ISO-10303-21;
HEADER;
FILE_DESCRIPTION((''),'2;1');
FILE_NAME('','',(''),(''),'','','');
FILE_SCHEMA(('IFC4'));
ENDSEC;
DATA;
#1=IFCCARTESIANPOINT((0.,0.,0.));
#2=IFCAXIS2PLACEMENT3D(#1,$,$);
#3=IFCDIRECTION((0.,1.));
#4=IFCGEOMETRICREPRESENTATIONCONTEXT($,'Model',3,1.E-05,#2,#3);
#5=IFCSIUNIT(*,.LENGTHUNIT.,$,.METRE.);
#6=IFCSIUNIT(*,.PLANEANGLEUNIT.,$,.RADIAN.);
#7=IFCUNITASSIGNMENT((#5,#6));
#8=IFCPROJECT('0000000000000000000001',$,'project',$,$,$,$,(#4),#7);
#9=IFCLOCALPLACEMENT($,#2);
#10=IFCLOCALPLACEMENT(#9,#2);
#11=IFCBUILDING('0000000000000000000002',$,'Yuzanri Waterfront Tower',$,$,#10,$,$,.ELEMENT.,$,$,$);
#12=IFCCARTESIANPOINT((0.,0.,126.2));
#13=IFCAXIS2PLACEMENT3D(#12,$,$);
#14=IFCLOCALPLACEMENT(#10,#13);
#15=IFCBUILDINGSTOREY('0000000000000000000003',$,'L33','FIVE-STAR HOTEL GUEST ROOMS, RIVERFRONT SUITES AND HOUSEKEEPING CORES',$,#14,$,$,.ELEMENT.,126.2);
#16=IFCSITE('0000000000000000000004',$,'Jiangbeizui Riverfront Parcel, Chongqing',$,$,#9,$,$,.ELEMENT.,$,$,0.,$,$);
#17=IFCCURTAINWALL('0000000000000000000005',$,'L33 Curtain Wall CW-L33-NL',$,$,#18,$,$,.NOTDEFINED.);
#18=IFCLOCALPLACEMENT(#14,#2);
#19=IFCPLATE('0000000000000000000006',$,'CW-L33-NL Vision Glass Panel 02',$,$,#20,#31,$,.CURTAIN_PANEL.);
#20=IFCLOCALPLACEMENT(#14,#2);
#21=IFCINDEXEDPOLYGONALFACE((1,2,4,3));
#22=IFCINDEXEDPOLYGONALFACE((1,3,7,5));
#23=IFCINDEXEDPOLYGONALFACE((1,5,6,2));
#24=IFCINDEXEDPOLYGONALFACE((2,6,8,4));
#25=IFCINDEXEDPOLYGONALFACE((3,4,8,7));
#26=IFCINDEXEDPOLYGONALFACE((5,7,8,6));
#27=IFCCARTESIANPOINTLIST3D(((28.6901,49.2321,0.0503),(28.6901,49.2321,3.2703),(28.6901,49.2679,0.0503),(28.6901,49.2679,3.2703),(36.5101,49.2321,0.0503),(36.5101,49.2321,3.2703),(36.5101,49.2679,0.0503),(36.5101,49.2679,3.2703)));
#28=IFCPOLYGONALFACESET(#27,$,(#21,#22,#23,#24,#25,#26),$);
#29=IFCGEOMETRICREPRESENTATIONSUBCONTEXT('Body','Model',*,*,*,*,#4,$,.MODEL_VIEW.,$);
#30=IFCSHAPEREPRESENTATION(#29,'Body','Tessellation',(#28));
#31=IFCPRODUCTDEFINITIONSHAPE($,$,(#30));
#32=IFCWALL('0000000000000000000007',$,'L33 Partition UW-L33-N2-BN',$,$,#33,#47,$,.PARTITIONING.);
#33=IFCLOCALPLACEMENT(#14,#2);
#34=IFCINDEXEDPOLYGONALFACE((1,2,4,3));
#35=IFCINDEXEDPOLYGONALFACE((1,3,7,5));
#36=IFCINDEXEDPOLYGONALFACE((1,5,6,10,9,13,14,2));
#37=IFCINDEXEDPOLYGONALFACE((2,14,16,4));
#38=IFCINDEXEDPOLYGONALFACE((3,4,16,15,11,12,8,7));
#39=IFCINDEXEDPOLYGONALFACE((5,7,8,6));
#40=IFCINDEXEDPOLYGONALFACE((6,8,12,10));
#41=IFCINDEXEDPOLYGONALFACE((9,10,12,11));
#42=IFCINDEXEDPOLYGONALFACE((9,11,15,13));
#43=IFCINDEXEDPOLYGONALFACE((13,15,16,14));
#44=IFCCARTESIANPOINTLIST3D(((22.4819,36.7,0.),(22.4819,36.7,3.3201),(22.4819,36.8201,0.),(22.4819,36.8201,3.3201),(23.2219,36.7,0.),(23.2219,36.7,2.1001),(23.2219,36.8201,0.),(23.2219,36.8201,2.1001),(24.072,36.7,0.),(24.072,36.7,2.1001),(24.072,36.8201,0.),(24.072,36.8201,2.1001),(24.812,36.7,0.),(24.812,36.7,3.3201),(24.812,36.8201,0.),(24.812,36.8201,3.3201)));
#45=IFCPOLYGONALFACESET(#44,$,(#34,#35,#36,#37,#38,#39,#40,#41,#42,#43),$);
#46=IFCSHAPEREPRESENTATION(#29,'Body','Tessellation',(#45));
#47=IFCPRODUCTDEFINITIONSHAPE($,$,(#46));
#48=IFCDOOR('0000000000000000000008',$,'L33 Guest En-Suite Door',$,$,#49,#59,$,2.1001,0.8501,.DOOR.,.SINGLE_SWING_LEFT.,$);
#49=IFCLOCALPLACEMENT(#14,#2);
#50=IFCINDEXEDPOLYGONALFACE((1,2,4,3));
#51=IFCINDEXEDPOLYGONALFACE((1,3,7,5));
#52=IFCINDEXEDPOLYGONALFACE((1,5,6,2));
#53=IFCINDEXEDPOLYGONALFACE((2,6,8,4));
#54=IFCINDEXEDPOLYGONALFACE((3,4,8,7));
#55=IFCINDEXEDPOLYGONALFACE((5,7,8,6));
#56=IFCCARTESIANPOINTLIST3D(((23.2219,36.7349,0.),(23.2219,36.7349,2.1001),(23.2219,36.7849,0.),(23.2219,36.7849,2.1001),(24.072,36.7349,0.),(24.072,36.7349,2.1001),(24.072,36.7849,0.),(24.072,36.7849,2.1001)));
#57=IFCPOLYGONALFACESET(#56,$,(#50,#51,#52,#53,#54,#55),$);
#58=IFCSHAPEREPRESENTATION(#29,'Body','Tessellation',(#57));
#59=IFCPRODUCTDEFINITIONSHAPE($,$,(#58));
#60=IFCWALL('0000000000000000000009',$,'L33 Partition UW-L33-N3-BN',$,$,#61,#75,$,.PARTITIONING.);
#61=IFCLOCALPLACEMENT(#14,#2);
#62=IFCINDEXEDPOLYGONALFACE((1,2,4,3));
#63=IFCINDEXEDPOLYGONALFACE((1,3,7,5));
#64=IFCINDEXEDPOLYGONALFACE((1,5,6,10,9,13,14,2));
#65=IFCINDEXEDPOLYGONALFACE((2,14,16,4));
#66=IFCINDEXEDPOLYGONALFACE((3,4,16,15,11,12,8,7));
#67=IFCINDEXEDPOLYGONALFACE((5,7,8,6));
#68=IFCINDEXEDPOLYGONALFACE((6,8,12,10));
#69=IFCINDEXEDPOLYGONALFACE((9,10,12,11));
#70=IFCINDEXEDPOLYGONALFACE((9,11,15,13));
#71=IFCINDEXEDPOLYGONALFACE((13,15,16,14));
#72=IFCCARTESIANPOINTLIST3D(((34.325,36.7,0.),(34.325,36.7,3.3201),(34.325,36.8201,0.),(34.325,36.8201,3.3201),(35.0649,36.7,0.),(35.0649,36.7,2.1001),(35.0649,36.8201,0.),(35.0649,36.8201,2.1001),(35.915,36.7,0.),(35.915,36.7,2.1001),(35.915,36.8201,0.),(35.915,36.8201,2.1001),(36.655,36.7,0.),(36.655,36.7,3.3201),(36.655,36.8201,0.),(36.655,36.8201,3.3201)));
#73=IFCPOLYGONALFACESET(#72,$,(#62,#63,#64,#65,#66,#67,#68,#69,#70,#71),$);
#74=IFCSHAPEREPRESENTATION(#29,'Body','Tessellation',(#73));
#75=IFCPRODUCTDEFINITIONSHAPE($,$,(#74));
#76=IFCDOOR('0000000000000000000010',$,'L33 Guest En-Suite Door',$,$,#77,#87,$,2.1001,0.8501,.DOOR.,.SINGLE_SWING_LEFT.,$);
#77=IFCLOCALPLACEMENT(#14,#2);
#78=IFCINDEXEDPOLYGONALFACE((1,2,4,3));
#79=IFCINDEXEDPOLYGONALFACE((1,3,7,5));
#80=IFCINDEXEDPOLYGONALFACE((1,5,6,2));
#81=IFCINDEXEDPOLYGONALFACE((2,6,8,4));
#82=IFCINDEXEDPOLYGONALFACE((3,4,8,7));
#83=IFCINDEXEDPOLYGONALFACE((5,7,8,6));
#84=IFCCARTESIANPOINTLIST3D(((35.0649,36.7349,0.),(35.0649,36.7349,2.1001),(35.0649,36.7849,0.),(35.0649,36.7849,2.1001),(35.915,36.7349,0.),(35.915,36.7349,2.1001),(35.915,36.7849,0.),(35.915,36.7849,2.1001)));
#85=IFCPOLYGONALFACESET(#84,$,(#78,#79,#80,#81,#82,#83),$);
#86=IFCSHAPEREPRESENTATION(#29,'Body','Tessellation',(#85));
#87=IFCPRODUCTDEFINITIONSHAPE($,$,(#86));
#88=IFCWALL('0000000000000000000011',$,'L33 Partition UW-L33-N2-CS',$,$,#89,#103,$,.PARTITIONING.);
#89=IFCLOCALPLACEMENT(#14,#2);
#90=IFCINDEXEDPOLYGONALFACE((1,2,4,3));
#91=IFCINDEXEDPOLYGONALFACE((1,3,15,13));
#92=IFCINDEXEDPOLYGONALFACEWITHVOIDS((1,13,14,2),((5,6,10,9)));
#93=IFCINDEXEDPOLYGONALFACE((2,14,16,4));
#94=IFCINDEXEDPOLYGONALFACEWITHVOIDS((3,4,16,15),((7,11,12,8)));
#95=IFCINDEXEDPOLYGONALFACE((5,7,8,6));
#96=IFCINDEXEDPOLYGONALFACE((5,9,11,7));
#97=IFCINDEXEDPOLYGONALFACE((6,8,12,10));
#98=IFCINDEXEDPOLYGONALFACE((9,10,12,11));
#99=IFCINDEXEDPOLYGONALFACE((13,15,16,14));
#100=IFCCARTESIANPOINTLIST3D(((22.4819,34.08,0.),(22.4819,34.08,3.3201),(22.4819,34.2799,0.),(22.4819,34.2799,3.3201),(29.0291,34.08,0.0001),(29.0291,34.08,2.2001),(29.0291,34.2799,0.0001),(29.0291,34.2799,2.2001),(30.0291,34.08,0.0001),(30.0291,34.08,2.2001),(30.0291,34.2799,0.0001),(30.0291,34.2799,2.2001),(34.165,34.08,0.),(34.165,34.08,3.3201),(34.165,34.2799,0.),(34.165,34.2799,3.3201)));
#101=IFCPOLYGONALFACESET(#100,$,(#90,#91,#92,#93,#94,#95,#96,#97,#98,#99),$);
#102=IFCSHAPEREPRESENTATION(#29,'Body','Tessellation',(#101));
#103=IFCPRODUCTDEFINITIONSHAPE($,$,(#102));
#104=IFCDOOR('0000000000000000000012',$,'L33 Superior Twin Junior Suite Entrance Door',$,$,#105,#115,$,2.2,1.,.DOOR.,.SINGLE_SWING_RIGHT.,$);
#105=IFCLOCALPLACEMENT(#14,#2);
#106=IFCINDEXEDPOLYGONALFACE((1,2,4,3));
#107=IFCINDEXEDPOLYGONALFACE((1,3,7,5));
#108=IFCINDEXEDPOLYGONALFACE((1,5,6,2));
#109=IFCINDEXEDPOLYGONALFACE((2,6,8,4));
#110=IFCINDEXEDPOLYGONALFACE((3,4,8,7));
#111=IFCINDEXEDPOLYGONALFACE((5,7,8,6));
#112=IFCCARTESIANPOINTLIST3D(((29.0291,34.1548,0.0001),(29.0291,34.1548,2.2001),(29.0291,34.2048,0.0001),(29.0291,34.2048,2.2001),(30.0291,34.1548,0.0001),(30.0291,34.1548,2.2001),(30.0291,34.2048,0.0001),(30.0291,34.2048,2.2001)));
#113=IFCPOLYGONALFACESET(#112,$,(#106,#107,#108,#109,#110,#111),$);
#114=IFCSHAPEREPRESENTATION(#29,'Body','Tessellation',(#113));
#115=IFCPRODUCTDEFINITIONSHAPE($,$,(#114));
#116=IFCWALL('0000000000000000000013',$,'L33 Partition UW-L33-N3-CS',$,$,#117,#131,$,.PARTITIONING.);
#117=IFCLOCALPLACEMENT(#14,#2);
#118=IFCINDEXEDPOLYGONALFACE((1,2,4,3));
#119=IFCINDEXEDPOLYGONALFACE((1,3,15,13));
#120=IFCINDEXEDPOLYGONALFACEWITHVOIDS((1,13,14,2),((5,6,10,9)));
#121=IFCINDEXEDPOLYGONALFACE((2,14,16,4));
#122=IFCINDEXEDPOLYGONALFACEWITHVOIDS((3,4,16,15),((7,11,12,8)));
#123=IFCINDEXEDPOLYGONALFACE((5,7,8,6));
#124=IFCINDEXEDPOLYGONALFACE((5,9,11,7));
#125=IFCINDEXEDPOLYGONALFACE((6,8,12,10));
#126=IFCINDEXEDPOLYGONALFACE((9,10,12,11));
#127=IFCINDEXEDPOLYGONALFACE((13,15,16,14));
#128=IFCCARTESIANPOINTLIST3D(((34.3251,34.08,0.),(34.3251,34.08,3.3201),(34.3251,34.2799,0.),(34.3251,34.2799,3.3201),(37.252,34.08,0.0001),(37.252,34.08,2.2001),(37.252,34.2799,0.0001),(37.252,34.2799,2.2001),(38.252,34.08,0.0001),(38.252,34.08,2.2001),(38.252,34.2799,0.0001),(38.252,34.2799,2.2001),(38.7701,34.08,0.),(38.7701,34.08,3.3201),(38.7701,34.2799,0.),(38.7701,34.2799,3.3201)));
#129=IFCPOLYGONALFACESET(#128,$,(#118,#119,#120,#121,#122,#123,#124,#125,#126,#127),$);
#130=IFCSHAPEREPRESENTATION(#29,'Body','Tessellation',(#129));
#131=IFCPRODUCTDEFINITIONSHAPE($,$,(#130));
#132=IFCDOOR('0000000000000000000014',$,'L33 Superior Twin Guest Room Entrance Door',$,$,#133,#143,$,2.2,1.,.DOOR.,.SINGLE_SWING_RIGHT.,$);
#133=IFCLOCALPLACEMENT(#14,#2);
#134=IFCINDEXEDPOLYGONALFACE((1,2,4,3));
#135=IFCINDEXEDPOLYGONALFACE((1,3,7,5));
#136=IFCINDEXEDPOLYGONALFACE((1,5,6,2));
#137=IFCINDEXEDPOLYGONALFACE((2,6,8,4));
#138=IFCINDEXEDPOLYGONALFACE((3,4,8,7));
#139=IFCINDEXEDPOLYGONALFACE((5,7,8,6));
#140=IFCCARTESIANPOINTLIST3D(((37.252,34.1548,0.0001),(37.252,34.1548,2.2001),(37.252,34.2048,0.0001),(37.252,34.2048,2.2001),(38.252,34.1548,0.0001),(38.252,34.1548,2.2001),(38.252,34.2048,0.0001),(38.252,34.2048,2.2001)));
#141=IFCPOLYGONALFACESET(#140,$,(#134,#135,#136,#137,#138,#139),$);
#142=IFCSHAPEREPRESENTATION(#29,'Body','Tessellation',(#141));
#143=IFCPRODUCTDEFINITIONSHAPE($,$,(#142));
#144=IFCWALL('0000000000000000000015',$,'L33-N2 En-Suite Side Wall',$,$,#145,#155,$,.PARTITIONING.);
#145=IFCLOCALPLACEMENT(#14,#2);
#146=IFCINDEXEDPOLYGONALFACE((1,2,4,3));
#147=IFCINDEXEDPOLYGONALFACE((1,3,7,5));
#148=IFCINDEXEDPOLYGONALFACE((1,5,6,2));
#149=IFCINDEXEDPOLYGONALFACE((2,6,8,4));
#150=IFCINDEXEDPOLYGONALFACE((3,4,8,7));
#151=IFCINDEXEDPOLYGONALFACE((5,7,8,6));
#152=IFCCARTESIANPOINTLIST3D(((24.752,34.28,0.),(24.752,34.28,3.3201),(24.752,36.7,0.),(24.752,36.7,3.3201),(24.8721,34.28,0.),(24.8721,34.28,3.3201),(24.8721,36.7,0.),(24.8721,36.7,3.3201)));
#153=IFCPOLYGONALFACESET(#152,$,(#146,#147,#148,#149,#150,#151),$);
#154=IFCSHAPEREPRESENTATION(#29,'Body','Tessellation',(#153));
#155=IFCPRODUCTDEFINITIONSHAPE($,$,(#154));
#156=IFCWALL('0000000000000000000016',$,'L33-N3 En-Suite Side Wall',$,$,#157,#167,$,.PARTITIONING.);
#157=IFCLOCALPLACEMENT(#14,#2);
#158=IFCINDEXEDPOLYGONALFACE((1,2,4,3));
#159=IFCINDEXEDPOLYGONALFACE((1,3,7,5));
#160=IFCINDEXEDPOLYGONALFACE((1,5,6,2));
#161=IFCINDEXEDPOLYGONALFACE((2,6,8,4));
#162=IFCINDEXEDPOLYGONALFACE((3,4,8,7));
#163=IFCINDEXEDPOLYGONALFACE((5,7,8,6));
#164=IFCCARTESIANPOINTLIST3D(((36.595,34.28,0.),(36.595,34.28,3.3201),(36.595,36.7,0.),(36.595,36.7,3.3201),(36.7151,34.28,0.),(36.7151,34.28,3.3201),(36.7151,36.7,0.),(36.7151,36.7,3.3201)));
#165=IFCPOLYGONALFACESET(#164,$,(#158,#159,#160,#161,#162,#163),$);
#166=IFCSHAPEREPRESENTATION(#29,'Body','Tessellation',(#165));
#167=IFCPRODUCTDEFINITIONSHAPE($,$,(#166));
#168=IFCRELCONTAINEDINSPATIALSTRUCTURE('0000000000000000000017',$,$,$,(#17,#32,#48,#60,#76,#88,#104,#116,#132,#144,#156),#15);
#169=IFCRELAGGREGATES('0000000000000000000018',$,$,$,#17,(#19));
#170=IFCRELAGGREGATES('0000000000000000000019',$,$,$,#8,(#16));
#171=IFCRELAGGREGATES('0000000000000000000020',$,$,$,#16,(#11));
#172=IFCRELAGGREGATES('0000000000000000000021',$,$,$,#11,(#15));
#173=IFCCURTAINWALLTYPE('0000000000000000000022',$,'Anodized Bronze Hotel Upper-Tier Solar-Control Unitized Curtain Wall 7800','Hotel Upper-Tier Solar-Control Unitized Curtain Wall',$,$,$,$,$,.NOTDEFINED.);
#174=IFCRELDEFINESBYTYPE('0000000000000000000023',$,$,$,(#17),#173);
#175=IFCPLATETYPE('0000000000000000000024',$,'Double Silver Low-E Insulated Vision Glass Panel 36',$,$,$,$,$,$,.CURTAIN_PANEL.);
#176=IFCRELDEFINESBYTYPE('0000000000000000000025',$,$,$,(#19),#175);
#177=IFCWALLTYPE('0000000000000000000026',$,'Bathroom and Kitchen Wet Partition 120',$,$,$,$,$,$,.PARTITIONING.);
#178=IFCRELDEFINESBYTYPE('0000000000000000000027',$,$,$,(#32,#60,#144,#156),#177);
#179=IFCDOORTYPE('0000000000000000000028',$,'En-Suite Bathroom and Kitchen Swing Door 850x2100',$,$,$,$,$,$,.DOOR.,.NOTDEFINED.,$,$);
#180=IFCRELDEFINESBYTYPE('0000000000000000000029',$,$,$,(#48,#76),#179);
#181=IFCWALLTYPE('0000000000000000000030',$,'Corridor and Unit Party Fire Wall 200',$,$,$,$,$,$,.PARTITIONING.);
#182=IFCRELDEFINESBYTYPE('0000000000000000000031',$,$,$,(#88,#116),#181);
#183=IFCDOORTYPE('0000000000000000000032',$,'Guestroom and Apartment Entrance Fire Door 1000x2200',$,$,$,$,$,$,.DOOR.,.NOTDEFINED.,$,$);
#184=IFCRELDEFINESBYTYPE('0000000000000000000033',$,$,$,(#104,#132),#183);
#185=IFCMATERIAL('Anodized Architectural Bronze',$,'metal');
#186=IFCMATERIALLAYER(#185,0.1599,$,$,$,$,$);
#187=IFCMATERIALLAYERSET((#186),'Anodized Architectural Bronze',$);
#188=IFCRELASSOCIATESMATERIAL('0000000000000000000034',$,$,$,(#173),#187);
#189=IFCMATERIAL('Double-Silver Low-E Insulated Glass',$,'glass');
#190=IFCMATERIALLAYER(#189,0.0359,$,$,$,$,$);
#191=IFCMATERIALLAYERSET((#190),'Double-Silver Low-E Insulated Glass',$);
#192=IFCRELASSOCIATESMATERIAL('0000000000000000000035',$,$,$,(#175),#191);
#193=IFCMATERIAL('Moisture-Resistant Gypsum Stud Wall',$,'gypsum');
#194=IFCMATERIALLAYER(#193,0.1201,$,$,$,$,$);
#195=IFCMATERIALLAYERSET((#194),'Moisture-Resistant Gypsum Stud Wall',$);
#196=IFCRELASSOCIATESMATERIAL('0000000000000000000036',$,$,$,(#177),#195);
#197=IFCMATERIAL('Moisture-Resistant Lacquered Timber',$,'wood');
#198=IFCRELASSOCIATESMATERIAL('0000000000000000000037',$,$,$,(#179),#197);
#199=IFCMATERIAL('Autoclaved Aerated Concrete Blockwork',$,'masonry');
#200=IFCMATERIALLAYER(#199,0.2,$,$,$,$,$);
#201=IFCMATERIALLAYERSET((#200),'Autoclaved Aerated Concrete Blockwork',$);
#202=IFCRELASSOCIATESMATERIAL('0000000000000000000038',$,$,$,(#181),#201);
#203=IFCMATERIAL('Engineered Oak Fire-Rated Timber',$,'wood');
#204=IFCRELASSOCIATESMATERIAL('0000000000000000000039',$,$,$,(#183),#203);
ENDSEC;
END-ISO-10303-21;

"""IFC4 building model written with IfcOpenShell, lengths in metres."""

from ifc_helpers import new_model, si_unit, direction, frame, frame_2d, origin, origin_2d, place, context, subcontext, project, spatial, rectangle, extrude, source, transform, mapped, material, layer, layer_set, type_object, element, fill, aggregate, save


model = new_model("IFC4")

# Units and contexts
model_context = context("Model", 3, precision=1e-05, world=origin(), true_north=direction((0.0, 1.0)))
body_context = subcontext(model_context, "Body", "Model", "MODEL_VIEW")
ifc_project = project(units=[si_unit("LENGTHUNIT", "METRE"), si_unit("PLANEANGLEUNIT", "RADIAN")], contexts=[model_context])

# Site, building, storey
site_placement = place(None, origin())
site = spatial("IfcSite", under=ifc_project, at=site_placement, Name="Jiangbeizui Riverfront Parcel, Chongqing", CompositionType="ELEMENT", RefElevation=0.0)
building_placement = place(site_placement, origin())
building = spatial("IfcBuilding", under=site, at=building_placement, Name="Yuzanri Waterfront Tower", CompositionType="ELEMENT")
storey_placement = place(building_placement, frame((0.0, 0.0, 126.2)))
storey = spatial("IfcBuildingStorey", under=building, at=storey_placement, Name="L33", Description="FIVE-STAR HOTEL GUEST ROOMS, RIVERFRONT SUITES AND HOUSEKEEPING CORES", CompositionType="ELEMENT", Elevation=126.2)

# Curtain wall, plate
ifc_material_1 = material(Name="Anodized Architectural Bronze", Category="metal")
ifc_layer_1 = layer(ifc_material_1, 0.1599)
ifc_layer_set_1 = layer_set([ifc_layer_1], Name="Anodized Architectural Bronze")
curtain_wall_type = type_object("IfcCurtainWallType", Name="Anodized Bronze Hotel Upper-Tier Solar-Control Unitized Curtain Wall 7800", Description="Hotel Upper-Tier Solar-Control Unitized Curtain Wall", PredefinedType="NOTDEFINED", material=ifc_layer_set_1)
curtain_wall_placement = place(storey_placement, origin())
curtain_wall = element("IfcCurtainWall", 1, at=curtain_wall_placement, inside=storey, type_object=curtain_wall_type, Name="L33 Curtain Wall CW-L33-NL", PredefinedType="NOTDEFINED")
ifc_material_2 = material(Name="Double-Silver Low-E Insulated Glass", Category="glass")
ifc_layer_2 = layer(ifc_material_2, 0.0359)
ifc_layer_set_2 = layer_set([ifc_layer_2], Name="Double-Silver Low-E Insulated Glass")
plate_type = type_object("IfcPlateType", Name="Double Silver Low-E Insulated Vision Glass Panel 36", PredefinedType="CURTAIN_PANEL", material=ifc_layer_set_2)
shared_shape_1 = source(origin(), body_context, "Body", "SweptSolid", [
    extrude(rectangle(XDim=7.8201, YDim=0.0359, at=origin_2d()), origin(), (0.0, 0.0, 1.0), 3.22),
])
plate_1_placement = place(storey_placement, frame((32.6001, 49.25, 0.0503), z_axis=(0.0, 0.0, 1.0), x_axis=(1.0, 0.0, 0.0)))
plate_1 = element("IfcPlate", 2, at=plate_1_placement, type_object=plate_type, Name="CW-L33-NL Vision Glass Panel 02", PredefinedType="CURTAIN_PANEL", context=body_context, shape_type="MappedRepresentation", body=[
    mapped(shared_shape_1, transform((0.0, 0.0, 0.0), scale=1.0)),
])
aggregate(curtain_wall, [plate_1])

# Walls, openings, doors
ifc_material_3 = material(Name="Moisture-Resistant Gypsum Stud Wall", Category="gypsum")
ifc_layer_3 = layer(ifc_material_3, 0.1201)
ifc_layer_set_3 = layer_set([ifc_layer_3], Name="Moisture-Resistant Gypsum Stud Wall")
wall_type_1 = type_object("IfcWallType", Name="Bathroom and Kitchen Wet Partition 120", PredefinedType="PARTITIONING", material=ifc_layer_set_3)
wall_1_placement = place(storey_placement, frame((22.4819, 36.76, 0.0), z_axis=(0.0, 0.0, 1.0), x_axis=(1.0, 0.0, 0.0)))
wall_1 = element("IfcWall", 3, at=wall_1_placement, inside=storey, type_object=wall_type_1, Name="L33 Partition UW-L33-N2-BN", PredefinedType="PARTITIONING", context=body_context, shape_type="SweptSolid", body=[
    extrude(rectangle(XDim=2.3301, YDim=0.1201, at=frame_2d((1.165, 0.0))), origin(), (0.0, 0.0, 1.0), 3.3201),
])
opening_1_placement = place(wall_1_placement, frame((0.74, 0.0, 0.0)))
opening_1 = element("IfcOpeningElement", 4, at=opening_1_placement, cuts=wall_1, PredefinedType="OPENING", context=body_context, shape_type="SweptSolid", body=[
    extrude(rectangle(XDim=0.8501, YDim=2.1001, at=frame_2d((0.425, 1.05))), frame((0.0, 0.075, 0.0), z_axis=(0.0, -1.0, 0.0), x_axis=(1.0, 0.0, 0.0)), (0.0, 0.0, 1.0), 0.1499),
])
ifc_material_4 = material(Name="Moisture-Resistant Lacquered Timber", Category="wood")
door_type_1 = type_object("IfcDoorType", Name="En-Suite Bathroom and Kitchen Swing Door 850x2100", OperationType="NOTDEFINED", PredefinedType="DOOR", material=ifc_material_4)
shared_shape_2 = source(origin(), body_context, "Body", "SweptSolid", [
    extrude(rectangle(XDim=0.8501, YDim=2.1001, at=frame_2d((0.425, 1.05))), frame((0.0, 0.0249, 0.0), z_axis=(0.0, -1.0, 0.0), x_axis=(1.0, 0.0, 0.0)), (0.0, 0.0, 1.0), 0.05),
])
door_1_placement = place(opening_1_placement, origin())
door_1 = element("IfcDoor", 5, at=door_1_placement, inside=storey, type_object=door_type_1, Name="L33 Guest En-Suite Door", OperationType="SINGLE_SWING_LEFT", OverallHeight=2.1001, OverallWidth=0.8501, PredefinedType="DOOR", context=body_context, shape_type="MappedRepresentation", body=[
    mapped(shared_shape_2, transform((0.0, 0.0, 0.0), scale=1.0)),
])
fill(opening_1, door_1)
wall_2_placement = place(storey_placement, frame((34.325, 36.76, 0.0), z_axis=(0.0, 0.0, 1.0), x_axis=(1.0, 0.0, 0.0)))
wall_2 = element("IfcWall", 6, at=wall_2_placement, inside=storey, type_object=wall_type_1, Name="L33 Partition UW-L33-N3-BN", PredefinedType="PARTITIONING", context=body_context, shape_type="SweptSolid", body=[
    extrude(rectangle(XDim=2.3301, YDim=0.1201, at=frame_2d((1.165, 0.0))), origin(), (0.0, 0.0, 1.0), 3.3201),
])
opening_2_placement = place(wall_2_placement, frame((0.74, 0.0, 0.0)))
opening_2 = element("IfcOpeningElement", 7, at=opening_2_placement, cuts=wall_2, PredefinedType="OPENING", context=body_context, shape_type="SweptSolid", body=[
    extrude(rectangle(XDim=0.8501, YDim=2.1001, at=frame_2d((0.425, 1.05))), frame((0.0, 0.075, 0.0), z_axis=(0.0, -1.0, 0.0), x_axis=(1.0, 0.0, 0.0)), (0.0, 0.0, 1.0), 0.1499),
])
door_2_placement = place(opening_2_placement, origin())
door_2 = element("IfcDoor", 8, at=door_2_placement, inside=storey, type_object=door_type_1, Name="L33 Guest En-Suite Door", OperationType="SINGLE_SWING_LEFT", OverallHeight=2.1001, OverallWidth=0.8501, PredefinedType="DOOR", context=body_context, shape_type="MappedRepresentation", body=[
    mapped(shared_shape_2, transform((0.0, 0.0, 0.0), scale=1.0)),
])
fill(opening_2, door_2)
ifc_material_5 = material(Name="Autoclaved Aerated Concrete Blockwork", Category="masonry")
ifc_layer_4 = layer(ifc_material_5, 0.2)
ifc_layer_set_4 = layer_set([ifc_layer_4], Name="Autoclaved Aerated Concrete Blockwork")
wall_type_2 = type_object("IfcWallType", Name="Corridor and Unit Party Fire Wall 200", PredefinedType="PARTITIONING", material=ifc_layer_set_4)
wall_3_placement = place(storey_placement, frame((22.4819, 34.1799, 0.0), z_axis=(0.0, 0.0, 1.0), x_axis=(1.0, 0.0, 0.0)))
wall_3 = element("IfcWall", 9, at=wall_3_placement, inside=storey, type_object=wall_type_2, Name="L33 Partition UW-L33-N2-CS", PredefinedType="PARTITIONING", context=body_context, shape_type="SweptSolid", body=[
    extrude(rectangle(XDim=11.6831, YDim=0.2, at=frame_2d((5.8416, 0.0))), origin(), (0.0, 0.0, 1.0), 3.3201),
])
opening_3_placement = place(wall_3_placement, frame((6.5471, 0.0, 0.0)))
opening_3 = element("IfcOpeningElement", 10, at=opening_3_placement, cuts=wall_3, PredefinedType="OPENING", context=body_context, shape_type="SweptSolid", body=[
    extrude(rectangle(XDim=1.0, YDim=2.2, at=frame_2d((0.5, 1.1001))), frame((0.0, 0.1147, 0.0), z_axis=(0.0, -1.0, 0.0), x_axis=(1.0, 0.0, 0.0)), (0.0, 0.0, 1.0), 0.2297),
])
ifc_material_6 = material(Name="Engineered Oak Fire-Rated Timber", Category="wood")
door_type_2 = type_object("IfcDoorType", Name="Guestroom and Apartment Entrance Fire Door 1000x2200", OperationType="NOTDEFINED", PredefinedType="DOOR", material=ifc_material_6)
shared_shape_3 = source(origin(), body_context, "Body", "SweptSolid", [
    extrude(rectangle(XDim=1.0, YDim=2.2, at=frame_2d((0.5, 1.1001))), frame((0.0, 0.0249, 0.0), z_axis=(0.0, -1.0, 0.0), x_axis=(1.0, 0.0, 0.0)), (0.0, 0.0, 1.0), 0.05),
])
door_3_placement = place(opening_3_placement, origin())
door_3 = element("IfcDoor", 11, at=door_3_placement, inside=storey, type_object=door_type_2, Name="L33 Superior Twin Junior Suite Entrance Door", OperationType="SINGLE_SWING_RIGHT", OverallHeight=2.2, OverallWidth=1.0, PredefinedType="DOOR", context=body_context, shape_type="MappedRepresentation", body=[
    mapped(shared_shape_3, transform((0.0, 0.0, 0.0), scale=1.0)),
])
fill(opening_3, door_3)
wall_4_placement = place(storey_placement, frame((34.325, 34.1799, 0.0), z_axis=(0.0, 0.0, 1.0), x_axis=(1.0, 0.0, 0.0)))
wall_4 = element("IfcWall", 12, at=wall_4_placement, inside=storey, type_object=wall_type_2, Name="L33 Partition UW-L33-N3-CS", PredefinedType="PARTITIONING", context=body_context, shape_type="SweptSolid", body=[
    extrude(rectangle(XDim=4.4451, YDim=0.2, at=frame_2d((2.2227, 0.0))), origin(), (0.0, 0.0, 1.0), 3.3201),
])
opening_4_placement = place(wall_4_placement, frame((2.927, 0.0, 0.0)))
opening_4 = element("IfcOpeningElement", 13, at=opening_4_placement, cuts=wall_4, PredefinedType="OPENING", context=body_context, shape_type="SweptSolid", body=[
    extrude(rectangle(XDim=1.0, YDim=2.2, at=frame_2d((0.5, 1.1001))), frame((0.0, 0.1147, 0.0), z_axis=(0.0, -1.0, 0.0), x_axis=(1.0, 0.0, 0.0)), (0.0, 0.0, 1.0), 0.2297),
])
door_4_placement = place(opening_4_placement, origin())
door_4 = element("IfcDoor", 14, at=door_4_placement, inside=storey, type_object=door_type_2, Name="L33 Superior Twin Guest Room Entrance Door", OperationType="SINGLE_SWING_RIGHT", OverallHeight=2.2, OverallWidth=1.0, PredefinedType="DOOR", context=body_context, shape_type="MappedRepresentation", body=[
    mapped(shared_shape_3, transform((0.0, 0.0, 0.0), scale=1.0)),
])
fill(opening_4, door_4)

# Walls
shared_shape_4 = source(origin(), body_context, "Body", "SweptSolid", [
    extrude(rectangle(XDim=2.4199, YDim=0.1201, at=frame_2d((1.21, 0.0))), origin(), (0.0, 0.0, 1.0), 3.3201),
])
for number, where, z_axis, x_axis, name in (
    (15, (24.812, 34.28, 0.0), (0.0, 0.0, 1.0), (0.0, 1.0, 0.0), "L33-N2 En-Suite Side Wall"),
    (16, (36.655, 34.28, 0.0), (0.0, 0.0, 1.0), (0.0, 1.0, 0.0), "L33-N3 En-Suite Side Wall"),
):
    element("IfcWall", number, at=place(storey_placement, frame(where, z_axis=z_axis, x_axis=x_axis)), inside=storey, type_object=wall_type_1, Name=name, PredefinedType="PARTITIONING", context=body_context, shape_type="MappedRepresentation", body=[
        mapped(shared_shape_4, transform((0.0, 0.0, 0.0), scale=1.0)),
    ])

save(model, "model.ifc")
